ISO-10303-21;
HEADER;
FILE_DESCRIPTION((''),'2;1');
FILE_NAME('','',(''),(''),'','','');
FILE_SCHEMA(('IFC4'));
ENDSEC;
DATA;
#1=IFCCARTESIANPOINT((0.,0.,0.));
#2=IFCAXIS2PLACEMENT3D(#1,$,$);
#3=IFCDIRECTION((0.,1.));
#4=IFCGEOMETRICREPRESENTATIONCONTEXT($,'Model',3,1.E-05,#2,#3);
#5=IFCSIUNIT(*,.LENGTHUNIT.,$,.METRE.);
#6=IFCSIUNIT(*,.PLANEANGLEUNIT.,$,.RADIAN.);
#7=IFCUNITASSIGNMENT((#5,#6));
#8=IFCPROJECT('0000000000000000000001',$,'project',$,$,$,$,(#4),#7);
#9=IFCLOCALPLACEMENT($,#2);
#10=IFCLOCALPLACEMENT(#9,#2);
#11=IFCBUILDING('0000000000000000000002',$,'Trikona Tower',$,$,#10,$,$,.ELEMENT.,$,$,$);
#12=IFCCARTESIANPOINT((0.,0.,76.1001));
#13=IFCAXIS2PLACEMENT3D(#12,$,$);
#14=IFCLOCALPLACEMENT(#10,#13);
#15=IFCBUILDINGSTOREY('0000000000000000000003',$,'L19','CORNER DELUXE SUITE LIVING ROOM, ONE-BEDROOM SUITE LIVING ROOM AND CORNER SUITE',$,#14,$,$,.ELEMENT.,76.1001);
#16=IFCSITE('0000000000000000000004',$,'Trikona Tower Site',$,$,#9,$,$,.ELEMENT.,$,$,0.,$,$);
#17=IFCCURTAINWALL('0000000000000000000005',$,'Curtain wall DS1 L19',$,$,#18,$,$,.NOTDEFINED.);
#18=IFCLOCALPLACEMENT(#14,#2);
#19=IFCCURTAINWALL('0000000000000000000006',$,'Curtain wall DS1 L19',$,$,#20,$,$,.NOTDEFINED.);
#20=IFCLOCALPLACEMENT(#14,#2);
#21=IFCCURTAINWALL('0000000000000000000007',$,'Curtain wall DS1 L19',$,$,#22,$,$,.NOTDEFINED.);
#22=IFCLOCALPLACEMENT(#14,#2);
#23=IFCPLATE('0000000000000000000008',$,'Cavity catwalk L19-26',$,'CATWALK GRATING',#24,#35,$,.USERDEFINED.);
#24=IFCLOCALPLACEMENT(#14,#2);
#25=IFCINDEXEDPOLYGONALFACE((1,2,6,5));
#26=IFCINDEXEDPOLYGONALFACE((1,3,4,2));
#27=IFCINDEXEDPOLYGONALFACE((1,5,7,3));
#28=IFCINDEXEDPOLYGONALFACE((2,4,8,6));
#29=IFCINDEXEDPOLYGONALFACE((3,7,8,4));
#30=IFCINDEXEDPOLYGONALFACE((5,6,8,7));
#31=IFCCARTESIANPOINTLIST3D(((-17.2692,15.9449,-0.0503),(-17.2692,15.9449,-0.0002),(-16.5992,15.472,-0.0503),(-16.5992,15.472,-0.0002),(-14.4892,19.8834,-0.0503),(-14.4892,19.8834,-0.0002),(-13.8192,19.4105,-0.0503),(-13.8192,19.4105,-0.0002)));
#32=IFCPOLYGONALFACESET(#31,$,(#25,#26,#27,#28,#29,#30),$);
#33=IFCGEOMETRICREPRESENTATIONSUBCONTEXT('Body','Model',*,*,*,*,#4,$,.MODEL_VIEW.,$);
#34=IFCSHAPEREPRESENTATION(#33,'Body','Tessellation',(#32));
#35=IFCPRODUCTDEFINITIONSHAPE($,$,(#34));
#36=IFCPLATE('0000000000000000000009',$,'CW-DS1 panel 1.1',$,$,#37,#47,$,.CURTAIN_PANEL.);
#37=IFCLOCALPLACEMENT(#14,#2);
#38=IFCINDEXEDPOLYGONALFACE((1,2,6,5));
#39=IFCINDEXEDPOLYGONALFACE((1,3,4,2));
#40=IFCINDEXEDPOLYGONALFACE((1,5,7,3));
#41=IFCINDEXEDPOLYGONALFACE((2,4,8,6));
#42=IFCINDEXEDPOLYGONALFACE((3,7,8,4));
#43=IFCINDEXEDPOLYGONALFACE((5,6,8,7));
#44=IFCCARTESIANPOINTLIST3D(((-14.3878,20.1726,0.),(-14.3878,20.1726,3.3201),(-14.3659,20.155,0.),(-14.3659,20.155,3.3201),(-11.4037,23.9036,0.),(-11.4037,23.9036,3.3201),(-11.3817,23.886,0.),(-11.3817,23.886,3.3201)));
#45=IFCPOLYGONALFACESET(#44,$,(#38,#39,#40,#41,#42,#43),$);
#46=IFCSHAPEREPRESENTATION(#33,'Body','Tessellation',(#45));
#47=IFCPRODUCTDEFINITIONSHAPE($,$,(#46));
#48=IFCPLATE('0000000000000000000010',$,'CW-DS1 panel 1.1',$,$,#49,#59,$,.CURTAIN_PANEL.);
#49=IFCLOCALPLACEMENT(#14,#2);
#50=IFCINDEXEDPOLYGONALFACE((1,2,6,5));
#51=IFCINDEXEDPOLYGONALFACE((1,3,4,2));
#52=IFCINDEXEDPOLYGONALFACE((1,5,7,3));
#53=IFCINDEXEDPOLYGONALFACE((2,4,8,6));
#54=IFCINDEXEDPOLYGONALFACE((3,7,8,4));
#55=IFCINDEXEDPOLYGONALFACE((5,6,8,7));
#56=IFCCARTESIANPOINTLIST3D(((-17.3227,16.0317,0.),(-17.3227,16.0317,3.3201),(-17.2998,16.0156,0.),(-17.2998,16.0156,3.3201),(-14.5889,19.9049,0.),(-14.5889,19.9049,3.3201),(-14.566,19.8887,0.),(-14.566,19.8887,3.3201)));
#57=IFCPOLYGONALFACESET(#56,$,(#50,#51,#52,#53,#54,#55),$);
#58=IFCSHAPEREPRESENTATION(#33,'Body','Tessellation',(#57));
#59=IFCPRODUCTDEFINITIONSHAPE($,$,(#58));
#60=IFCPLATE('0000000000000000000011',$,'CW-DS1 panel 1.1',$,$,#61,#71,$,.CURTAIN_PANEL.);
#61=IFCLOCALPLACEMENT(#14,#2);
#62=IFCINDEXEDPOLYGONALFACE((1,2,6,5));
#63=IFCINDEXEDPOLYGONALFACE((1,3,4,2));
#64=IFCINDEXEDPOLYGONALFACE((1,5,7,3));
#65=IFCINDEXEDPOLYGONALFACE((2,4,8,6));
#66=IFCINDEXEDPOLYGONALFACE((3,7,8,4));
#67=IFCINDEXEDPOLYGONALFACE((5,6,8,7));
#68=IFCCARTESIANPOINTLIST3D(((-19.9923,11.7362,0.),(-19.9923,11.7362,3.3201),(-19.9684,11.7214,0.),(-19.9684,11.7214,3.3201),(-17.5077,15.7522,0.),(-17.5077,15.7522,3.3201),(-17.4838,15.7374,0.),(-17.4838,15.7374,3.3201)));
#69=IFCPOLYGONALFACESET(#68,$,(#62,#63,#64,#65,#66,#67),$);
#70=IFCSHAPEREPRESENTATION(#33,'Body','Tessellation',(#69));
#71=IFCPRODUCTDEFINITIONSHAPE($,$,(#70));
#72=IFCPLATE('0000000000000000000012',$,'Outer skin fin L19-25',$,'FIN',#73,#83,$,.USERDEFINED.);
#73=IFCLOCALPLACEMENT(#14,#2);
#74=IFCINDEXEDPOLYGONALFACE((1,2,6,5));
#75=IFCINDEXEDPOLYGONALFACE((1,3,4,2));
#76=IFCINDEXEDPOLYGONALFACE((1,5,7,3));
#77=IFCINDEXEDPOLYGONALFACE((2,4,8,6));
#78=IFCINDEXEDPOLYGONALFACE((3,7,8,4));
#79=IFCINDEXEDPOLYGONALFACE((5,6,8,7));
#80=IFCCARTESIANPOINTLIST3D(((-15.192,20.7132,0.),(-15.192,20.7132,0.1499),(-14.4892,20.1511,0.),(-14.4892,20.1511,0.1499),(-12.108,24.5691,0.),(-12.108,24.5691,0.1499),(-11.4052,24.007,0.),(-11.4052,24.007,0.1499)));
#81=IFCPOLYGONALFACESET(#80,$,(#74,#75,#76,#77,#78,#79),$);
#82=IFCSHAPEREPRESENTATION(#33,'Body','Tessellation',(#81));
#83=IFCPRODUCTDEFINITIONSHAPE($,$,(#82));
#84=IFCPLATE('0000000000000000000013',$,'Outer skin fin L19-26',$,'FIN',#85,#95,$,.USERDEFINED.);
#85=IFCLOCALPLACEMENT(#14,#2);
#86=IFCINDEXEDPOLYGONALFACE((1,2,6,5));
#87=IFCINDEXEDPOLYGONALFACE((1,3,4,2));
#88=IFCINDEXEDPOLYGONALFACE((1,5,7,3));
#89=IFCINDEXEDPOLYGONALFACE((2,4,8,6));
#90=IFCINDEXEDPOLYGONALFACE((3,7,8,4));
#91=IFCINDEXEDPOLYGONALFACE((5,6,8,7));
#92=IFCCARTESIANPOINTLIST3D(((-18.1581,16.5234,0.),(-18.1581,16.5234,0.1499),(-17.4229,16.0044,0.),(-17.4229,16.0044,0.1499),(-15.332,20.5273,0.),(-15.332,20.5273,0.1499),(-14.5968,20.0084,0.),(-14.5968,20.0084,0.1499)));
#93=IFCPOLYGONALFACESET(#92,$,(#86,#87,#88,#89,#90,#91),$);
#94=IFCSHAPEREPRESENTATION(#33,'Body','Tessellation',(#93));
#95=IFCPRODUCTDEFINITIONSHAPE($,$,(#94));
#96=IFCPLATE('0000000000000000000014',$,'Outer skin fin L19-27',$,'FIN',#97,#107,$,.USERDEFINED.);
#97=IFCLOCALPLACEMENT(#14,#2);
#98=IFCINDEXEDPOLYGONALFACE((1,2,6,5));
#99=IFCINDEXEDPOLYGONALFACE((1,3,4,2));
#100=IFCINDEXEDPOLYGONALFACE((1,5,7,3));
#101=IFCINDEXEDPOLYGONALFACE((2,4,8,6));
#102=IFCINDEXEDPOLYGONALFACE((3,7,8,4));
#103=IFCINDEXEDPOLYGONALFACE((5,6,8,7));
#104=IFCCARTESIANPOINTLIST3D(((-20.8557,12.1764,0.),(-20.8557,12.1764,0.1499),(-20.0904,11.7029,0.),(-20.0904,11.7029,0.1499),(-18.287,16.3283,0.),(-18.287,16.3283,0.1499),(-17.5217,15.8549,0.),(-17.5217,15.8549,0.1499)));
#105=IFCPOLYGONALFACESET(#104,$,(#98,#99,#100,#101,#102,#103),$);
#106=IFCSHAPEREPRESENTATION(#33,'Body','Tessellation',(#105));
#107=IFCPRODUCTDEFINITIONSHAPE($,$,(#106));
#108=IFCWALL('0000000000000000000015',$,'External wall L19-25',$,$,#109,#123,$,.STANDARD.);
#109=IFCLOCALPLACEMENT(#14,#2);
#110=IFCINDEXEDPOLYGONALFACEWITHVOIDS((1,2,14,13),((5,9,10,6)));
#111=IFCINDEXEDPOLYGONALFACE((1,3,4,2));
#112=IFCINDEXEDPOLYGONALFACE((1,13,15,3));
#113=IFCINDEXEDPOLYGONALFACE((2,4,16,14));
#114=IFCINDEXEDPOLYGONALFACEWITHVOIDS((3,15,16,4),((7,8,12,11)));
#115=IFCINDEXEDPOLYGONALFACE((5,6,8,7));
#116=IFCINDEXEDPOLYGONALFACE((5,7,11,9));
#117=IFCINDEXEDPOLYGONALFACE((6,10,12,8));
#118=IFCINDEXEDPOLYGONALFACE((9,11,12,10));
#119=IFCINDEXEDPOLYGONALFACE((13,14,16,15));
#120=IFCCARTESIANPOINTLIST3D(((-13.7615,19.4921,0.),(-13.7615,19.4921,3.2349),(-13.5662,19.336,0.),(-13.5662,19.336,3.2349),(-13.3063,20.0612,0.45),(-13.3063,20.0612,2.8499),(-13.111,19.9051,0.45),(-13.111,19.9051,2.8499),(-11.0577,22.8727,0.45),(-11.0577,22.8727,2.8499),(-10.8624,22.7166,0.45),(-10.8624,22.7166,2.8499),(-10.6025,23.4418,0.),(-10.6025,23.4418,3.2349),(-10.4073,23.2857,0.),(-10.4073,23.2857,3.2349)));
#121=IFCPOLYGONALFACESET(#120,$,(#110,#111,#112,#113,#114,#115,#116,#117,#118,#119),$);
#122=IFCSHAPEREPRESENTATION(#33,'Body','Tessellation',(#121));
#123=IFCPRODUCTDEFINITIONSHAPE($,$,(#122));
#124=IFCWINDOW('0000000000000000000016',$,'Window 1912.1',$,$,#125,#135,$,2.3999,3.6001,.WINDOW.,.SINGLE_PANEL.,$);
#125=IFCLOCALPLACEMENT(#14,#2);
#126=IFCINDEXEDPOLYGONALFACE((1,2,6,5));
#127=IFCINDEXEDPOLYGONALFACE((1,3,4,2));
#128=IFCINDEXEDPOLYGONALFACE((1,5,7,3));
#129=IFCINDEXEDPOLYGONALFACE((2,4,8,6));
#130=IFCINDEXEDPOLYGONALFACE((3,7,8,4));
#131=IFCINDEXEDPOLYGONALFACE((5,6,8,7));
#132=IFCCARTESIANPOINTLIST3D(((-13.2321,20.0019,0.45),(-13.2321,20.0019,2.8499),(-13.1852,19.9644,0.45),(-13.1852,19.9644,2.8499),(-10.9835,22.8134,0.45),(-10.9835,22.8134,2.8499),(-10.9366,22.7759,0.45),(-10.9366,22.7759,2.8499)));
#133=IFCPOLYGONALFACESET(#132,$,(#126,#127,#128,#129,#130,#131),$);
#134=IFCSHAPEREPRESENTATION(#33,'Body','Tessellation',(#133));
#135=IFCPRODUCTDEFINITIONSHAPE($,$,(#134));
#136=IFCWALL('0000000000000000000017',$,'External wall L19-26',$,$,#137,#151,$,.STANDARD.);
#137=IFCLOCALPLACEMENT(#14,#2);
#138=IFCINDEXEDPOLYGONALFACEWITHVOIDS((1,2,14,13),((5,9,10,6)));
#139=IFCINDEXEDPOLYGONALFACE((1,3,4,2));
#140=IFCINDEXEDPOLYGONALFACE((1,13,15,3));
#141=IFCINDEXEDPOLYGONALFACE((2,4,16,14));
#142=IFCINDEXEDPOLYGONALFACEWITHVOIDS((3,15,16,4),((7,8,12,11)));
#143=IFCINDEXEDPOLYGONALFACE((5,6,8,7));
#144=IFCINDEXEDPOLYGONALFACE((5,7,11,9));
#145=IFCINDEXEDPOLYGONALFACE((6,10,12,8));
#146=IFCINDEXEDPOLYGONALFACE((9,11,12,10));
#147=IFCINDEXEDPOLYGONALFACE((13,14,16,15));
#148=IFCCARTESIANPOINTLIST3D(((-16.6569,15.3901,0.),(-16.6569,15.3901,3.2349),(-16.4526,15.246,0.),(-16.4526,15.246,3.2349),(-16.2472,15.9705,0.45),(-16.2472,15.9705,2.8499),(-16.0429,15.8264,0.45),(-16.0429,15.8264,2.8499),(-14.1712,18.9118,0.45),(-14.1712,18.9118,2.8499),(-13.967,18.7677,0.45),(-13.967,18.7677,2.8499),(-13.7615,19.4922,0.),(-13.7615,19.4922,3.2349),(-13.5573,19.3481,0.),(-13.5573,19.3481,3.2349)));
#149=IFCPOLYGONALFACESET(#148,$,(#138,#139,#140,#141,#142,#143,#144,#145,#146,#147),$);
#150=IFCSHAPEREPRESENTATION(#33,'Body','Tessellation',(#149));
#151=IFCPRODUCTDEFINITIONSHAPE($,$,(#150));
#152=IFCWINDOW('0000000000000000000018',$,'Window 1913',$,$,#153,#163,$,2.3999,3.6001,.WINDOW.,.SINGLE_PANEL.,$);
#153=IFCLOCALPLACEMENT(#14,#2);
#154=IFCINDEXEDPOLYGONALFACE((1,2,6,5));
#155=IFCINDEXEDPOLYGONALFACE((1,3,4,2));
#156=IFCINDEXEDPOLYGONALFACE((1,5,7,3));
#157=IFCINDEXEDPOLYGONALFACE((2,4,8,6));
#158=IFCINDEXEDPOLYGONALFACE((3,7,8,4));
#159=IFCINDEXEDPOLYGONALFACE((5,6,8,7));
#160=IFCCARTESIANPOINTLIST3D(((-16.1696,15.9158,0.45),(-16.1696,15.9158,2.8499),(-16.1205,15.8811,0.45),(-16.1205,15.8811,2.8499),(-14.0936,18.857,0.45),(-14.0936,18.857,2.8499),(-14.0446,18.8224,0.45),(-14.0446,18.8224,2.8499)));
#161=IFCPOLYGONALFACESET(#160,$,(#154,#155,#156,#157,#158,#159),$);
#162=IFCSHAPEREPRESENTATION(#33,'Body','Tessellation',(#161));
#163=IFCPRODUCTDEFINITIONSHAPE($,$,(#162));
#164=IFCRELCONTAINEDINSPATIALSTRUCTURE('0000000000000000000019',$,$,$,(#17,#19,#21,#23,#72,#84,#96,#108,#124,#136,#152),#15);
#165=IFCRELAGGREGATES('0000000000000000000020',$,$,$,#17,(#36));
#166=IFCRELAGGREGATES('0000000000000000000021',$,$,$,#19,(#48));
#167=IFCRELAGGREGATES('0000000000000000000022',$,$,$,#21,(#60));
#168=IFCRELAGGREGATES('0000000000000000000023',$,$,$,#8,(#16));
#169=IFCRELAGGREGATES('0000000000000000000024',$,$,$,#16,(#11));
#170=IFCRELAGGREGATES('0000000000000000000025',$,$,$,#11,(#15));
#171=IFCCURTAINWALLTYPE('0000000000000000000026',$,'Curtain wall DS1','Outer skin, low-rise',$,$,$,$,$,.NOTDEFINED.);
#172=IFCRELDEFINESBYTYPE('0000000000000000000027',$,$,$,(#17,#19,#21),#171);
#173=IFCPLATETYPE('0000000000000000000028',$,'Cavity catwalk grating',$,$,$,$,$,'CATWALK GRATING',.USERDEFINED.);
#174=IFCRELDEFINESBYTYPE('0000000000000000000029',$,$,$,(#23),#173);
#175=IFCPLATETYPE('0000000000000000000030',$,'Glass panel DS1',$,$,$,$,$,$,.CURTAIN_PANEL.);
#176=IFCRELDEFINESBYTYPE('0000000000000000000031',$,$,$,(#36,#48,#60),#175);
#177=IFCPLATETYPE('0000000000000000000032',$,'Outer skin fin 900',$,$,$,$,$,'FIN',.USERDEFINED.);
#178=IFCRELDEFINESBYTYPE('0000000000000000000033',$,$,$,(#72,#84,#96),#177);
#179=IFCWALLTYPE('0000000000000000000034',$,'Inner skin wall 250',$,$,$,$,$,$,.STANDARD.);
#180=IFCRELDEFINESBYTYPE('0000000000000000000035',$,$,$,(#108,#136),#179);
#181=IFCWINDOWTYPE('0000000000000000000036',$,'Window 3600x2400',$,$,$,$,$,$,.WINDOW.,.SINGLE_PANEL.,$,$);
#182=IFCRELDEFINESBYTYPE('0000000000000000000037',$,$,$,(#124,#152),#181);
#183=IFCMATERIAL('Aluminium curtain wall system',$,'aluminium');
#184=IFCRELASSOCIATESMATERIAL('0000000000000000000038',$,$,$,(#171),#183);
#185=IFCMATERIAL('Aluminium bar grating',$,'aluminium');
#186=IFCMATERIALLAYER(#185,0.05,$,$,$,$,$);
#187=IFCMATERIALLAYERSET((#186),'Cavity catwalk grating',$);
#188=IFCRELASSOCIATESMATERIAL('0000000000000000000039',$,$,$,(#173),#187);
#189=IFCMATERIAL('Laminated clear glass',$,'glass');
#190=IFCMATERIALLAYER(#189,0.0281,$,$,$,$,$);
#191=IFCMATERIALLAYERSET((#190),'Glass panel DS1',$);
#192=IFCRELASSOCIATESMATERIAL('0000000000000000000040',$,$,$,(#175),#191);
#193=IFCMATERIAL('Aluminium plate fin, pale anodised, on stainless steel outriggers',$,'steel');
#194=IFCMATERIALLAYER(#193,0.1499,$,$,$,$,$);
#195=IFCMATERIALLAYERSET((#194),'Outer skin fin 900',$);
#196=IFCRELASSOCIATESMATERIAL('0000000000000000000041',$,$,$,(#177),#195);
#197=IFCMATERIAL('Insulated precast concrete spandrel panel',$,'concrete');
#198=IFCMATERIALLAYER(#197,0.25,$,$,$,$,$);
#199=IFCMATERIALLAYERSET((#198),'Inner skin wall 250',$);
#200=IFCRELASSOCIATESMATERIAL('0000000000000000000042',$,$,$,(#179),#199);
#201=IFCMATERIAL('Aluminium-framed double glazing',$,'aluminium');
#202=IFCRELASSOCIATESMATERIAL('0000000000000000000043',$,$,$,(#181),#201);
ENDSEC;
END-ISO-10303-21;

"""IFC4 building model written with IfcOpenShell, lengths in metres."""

from ifc_helpers import new_model, si_unit, direction, frame, frame_2d, origin, origin_2d, place, context, subcontext, project, spatial, rectangle, extrude, material, layer, layer_set, type_object, element, fill, aggregate, save


model = new_model("IFC4")

# Units and contexts
model_context = context("Model", 3, precision=1e-05, world=origin(), true_north=direction((0.0, 1.0)))
body_context = subcontext(model_context, "Body", "Model", "MODEL_VIEW")
ifc_project = project(units=[si_unit("LENGTHUNIT", "METRE"), si_unit("PLANEANGLEUNIT", "RADIAN")], contexts=[model_context])

# Site, building, storey
site_placement = place(None, origin())
site = spatial("IfcSite", under=ifc_project, at=site_placement, Name="Trikona Tower Site", CompositionType="ELEMENT", RefElevation=0.0)
building_placement = place(site_placement, origin())
building = spatial("IfcBuilding", under=site, at=building_placement, Name="Trikona Tower", CompositionType="ELEMENT")
storey_placement = place(building_placement, frame((0.0, 0.0, 76.1001)))
storey = spatial("IfcBuildingStorey", under=building, at=storey_placement, Name="L19", Description="CORNER DELUXE SUITE LIVING ROOM, ONE-BEDROOM SUITE LIVING ROOM AND CORNER SUITE", CompositionType="ELEMENT", Elevation=76.1001)

# Shared definitions
ifc_material_1 = material(Name="Aluminium curtain wall system", Category="aluminium")
curtain_wall_type = type_object("IfcCurtainWallType", Name="Curtain wall DS1", Description="Outer skin, low-rise", PredefinedType="NOTDEFINED", material=ifc_material_1)

# Curtain walls
curtain_wall_1_placement = place(storey_placement, origin())
curtain_wall_1 = element("IfcCurtainWall", 1, at=curtain_wall_1_placement, inside=storey, type_object=curtain_wall_type, Name="Curtain wall DS1 L19", PredefinedType="NOTDEFINED")
curtain_wall_2_placement = place(storey_placement, origin())
curtain_wall_2 = element("IfcCurtainWall", 2, at=curtain_wall_2_placement, inside=storey, type_object=curtain_wall_type, Name="Curtain wall DS1 L19", PredefinedType="NOTDEFINED")

# Curtain wall
curtain_wall_3_placement = place(storey_placement, origin())
curtain_wall_3 = element("IfcCurtainWall", 3, at=curtain_wall_3_placement, inside=storey, type_object=curtain_wall_type, Name="Curtain wall DS1 L19", PredefinedType="NOTDEFINED")

# Plate
ifc_material_2 = material(Name="Aluminium bar grating", Category="aluminium")
ifc_layer_1 = layer(ifc_material_2, 0.05)
ifc_layer_set_1 = layer_set([ifc_layer_1], Name="Cavity catwalk grating")
plate_type_1 = type_object("IfcPlateType", Name="Cavity catwalk grating", ElementType="CATWALK GRATING", PredefinedType="USERDEFINED", material=ifc_layer_set_1)
plate_1_placement = place(storey_placement, frame((-15.5442, 17.6777, -0.0503), z_axis=(0.0, 0.0, 1.0), x_axis=(-0.576662, -0.816983, 0.0)))
element("IfcPlate", 4, at=plate_1_placement, inside=storey, type_object=plate_type_1, Name="Cavity catwalk L19-26", ObjectType="CATWALK GRATING", PredefinedType="USERDEFINED", context=body_context, shape_type="SweptSolid", body=[
    extrude(rectangle(XDim=4.8208, YDim=0.8201, at=origin_2d()), origin(), (0.0, 0.0, 1.0), 0.05),
])

# Plates
ifc_material_3 = material(Name="Laminated clear glass", Category="glass")
ifc_layer_2 = layer(ifc_material_3, 0.0281)
ifc_layer_set_2 = layer_set([ifc_layer_2], Name="Glass panel DS1")
plate_type_2 = type_object("IfcPlateType", Name="Glass panel DS1", PredefinedType="CURTAIN_PANEL", material=ifc_layer_set_2)
plate_2_placement = place(storey_placement, frame((-12.8848, 22.0293, 0.0), z_axis=(0.0, 0.0, 1.0), x_axis=(-0.624609, -0.780938, 0.0)))
plate_2 = element("IfcPlate", 5, at=plate_2_placement, type_object=plate_type_2, Name="CW-DS1 panel 1.1", PredefinedType="CURTAIN_PANEL", context=body_context, shape_type="SweptSolid", body=[
    extrude(rectangle(XDim=4.7776, YDim=0.0281, at=origin_2d()), origin(), (0.0, 0.0, 1.0), 3.3201),
])
aggregate(curtain_wall_1, [plate_2])
plate_3_placement = place(storey_placement, frame((-15.9443, 17.9602, 0.0), z_axis=(0.0, 0.0, 1.0), x_axis=(-0.576658, -0.816985, 0.0)))
plate_3 = element("IfcPlate", 6, at=plate_3_placement, type_object=plate_type_2, Name="CW-DS1 panel 1.1", PredefinedType="CURTAIN_PANEL", context=body_context, shape_type="SweptSolid", body=[
    extrude(rectangle(XDim=4.7407, YDim=0.0281, at=origin_2d()), origin(), (0.0, 0.0, 1.0), 3.3201),
])
aggregate(curtain_wall_2, [plate_3])
plate_4_placement = place(storey_placement, frame((-18.738, 13.7368, 0.0), z_axis=(0.0, 0.0, 1.0), x_axis=(-0.52612, -0.85041, 0.0)))
plate_4 = element("IfcPlate", 7, at=plate_4_placement, type_object=plate_type_2, Name="CW-DS1 panel 1.1", PredefinedType="CURTAIN_PANEL", context=body_context, shape_type="SweptSolid", body=[
    extrude(rectangle(XDim=4.7224, YDim=0.0281, at=origin_2d()), origin(), (0.0, 0.0, 1.0), 3.3201),
])
aggregate(curtain_wall_3, [plate_4])

# Plates
ifc_material_4 = material(Name="Aluminium plate fin, pale anodised, on stainless steel outriggers", Category="steel")
ifc_layer_3 = layer(ifc_material_4, 0.1499)
ifc_layer_set_3 = layer_set([ifc_layer_3], Name="Outer skin fin 900")
plate_type_3 = type_object("IfcPlateType", Name="Outer skin fin 900", ElementType="FIN", PredefinedType="USERDEFINED", material=ifc_layer_set_3)
plate_5_placement = place(storey_placement, frame((-13.2986, 22.3601, 0.0), z_axis=(0.0, 0.0, 1.0), x_axis=(-0.624604, -0.780942, 0.0)))
element("IfcPlate", 8, at=plate_5_placement, inside=storey, type_object=plate_type_3, Name="Outer skin fin L19-25", ObjectType="FIN", PredefinedType="USERDEFINED", context=body_context, shape_type="SweptSolid", body=[
    extrude(rectangle(XDim=4.9375, YDim=0.8999, at=origin_2d()), origin(), (0.0, 0.0, 1.0), 0.1499),
])
plate_6_placement = place(storey_placement, frame((-16.3774, 18.2659, 0.0), z_axis=(0.0, 0.0, 1.0), x_axis=(-0.576662, -0.816983, 0.0)))
element("IfcPlate", 9, at=plate_6_placement, inside=storey, type_object=plate_type_3, Name="Outer skin fin L19-26", ObjectType="FIN", PredefinedType="USERDEFINED", context=body_context, shape_type="SweptSolid", body=[
    extrude(rectangle(XDim=4.9009, YDim=0.8999, at=origin_2d()), origin(), (0.0, 0.0, 1.0), 0.1499),
])
plate_7_placement = place(storey_placement, frame((-19.1887, 14.0156, 0.0), z_axis=(0.0, 0.0, 1.0), x_axis=(-0.526119, -0.850411, 0.0)))
element("IfcPlate", 10, at=plate_7_placement, inside=storey, type_object=plate_type_3, Name="Outer skin fin L19-27", ObjectType="FIN", PredefinedType="USERDEFINED", context=body_context, shape_type="SweptSolid", body=[
    extrude(rectangle(XDim=4.8823, YDim=0.8999, at=origin_2d()), origin(), (0.0, 0.0, 1.0), 0.1499),
])

# Walls, openings, windows
ifc_material_5 = material(Name="Insulated precast concrete spandrel panel", Category="concrete")
ifc_layer_4 = layer(ifc_material_5, 0.25)
ifc_layer_set_4 = layer_set([ifc_layer_4], Name="Inner skin wall 250")
wall_type = type_object("IfcWallType", Name="Inner skin wall 250", PredefinedType="STANDARD", material=ifc_layer_set_4)
wall_1_placement = place(storey_placement, frame((-10.5049, 23.3638, 0.0), z_axis=(0.0, 0.0, 1.0), x_axis=(-0.624595, -0.780949, 0.0)))
wall_1 = element("IfcWall", 11, at=wall_1_placement, inside=storey, type_object=wall_type, Name="External wall L19-25", PredefinedType="STANDARD", context=body_context, shape_type="SweptSolid", body=[
    extrude(rectangle(XDim=5.0576, YDim=0.25, at=frame_2d((2.5288, 0.0))), origin(), (0.0, 0.0, 1.0), 3.2349),
])
opening_1_placement = place(wall_1_placement, frame((0.7288, 0.0, 0.45)))
opening_1 = element("IfcOpeningElement", 12, at=opening_1_placement, cuts=wall_1, PredefinedType="OPENING", context=body_context, shape_type="SweptSolid", body=[
    extrude(rectangle(XDim=3.6001, YDim=2.3999, at=frame_2d((1.8, 1.2))), frame((0.0, 0.135, 0.0), z_axis=(0.0, -1.0, 0.0), x_axis=(1.0, 0.0, 0.0)), (0.0, 0.0, 1.0), 0.27),
])
ifc_material_6 = material(Name="Aluminium-framed double glazing", Category="aluminium")
window_type = type_object("IfcWindowType", Name="Window 3600x2400", PartitioningType="SINGLE_PANEL", PredefinedType="WINDOW", material=ifc_material_6)
window_1_placement = place(opening_1_placement, origin())
window_1 = element("IfcWindow", 13, at=window_1_placement, inside=storey, type_object=window_type, Name="Window 1912.1", OverallHeight=2.3999, OverallWidth=3.6001, PartitioningType="SINGLE_PANEL", PredefinedType="WINDOW", context=body_context, shape_type="SweptSolid", body=[
    extrude(rectangle(XDim=3.6001, YDim=2.3999, at=frame_2d((1.8, 1.2))), frame((0.0, 0.03, 0.0), z_axis=(0.0, -1.0, 0.0), x_axis=(1.0, 0.0, 0.0)), (0.0, 0.0, 1.0), 0.0601),
])
fill(opening_1, window_1)
wall_2_placement = place(storey_placement, frame((-13.6594, 19.4202, 0.0), z_axis=(0.0, 0.0, 1.0), x_axis=(-0.576643, -0.816996, 0.0)))
wall_2 = element("IfcWall", 14, at=wall_2_placement, inside=storey, type_object=wall_type, Name="External wall L19-26", PredefinedType="STANDARD", context=body_context, shape_type="SweptSolid", body=[
    extrude(rectangle(XDim=5.021, YDim=0.25, at=frame_2d((2.5105, 0.0))), origin(), (0.0, 0.0, 1.0), 3.2349),
])
opening_2_placement = place(wall_2_placement, frame((0.7104, 0.0, 0.45)))
opening_2 = element("IfcOpeningElement", 15, at=opening_2_placement, cuts=wall_2, PredefinedType="OPENING", context=body_context, shape_type="SweptSolid", body=[
    extrude(rectangle(XDim=3.6001, YDim=2.3999, at=frame_2d((1.8, 1.2))), frame((0.0, 0.135, 0.0), z_axis=(0.0, -1.0, 0.0), x_axis=(1.0, 0.0, 0.0)), (0.0, 0.0, 1.0), 0.27),
])
window_2_placement = place(opening_2_placement, origin())
window_2 = element("IfcWindow", 16, at=window_2_placement, inside=storey, type_object=window_type, Name="Window 1913", OverallHeight=2.3999, OverallWidth=3.6001, PartitioningType="SINGLE_PANEL", PredefinedType="WINDOW", context=body_context, shape_type="SweptSolid", body=[
    extrude(rectangle(XDim=3.6001, YDim=2.3999, at=frame_2d((1.8, 1.2))), frame((0.0, 0.03, 0.0), z_axis=(0.0, -1.0, 0.0), x_axis=(1.0, 0.0, 0.0)), (0.0, 0.0, 1.0), 0.0601),
])
fill(opening_2, window_2)

save(model, "model.ifc")
